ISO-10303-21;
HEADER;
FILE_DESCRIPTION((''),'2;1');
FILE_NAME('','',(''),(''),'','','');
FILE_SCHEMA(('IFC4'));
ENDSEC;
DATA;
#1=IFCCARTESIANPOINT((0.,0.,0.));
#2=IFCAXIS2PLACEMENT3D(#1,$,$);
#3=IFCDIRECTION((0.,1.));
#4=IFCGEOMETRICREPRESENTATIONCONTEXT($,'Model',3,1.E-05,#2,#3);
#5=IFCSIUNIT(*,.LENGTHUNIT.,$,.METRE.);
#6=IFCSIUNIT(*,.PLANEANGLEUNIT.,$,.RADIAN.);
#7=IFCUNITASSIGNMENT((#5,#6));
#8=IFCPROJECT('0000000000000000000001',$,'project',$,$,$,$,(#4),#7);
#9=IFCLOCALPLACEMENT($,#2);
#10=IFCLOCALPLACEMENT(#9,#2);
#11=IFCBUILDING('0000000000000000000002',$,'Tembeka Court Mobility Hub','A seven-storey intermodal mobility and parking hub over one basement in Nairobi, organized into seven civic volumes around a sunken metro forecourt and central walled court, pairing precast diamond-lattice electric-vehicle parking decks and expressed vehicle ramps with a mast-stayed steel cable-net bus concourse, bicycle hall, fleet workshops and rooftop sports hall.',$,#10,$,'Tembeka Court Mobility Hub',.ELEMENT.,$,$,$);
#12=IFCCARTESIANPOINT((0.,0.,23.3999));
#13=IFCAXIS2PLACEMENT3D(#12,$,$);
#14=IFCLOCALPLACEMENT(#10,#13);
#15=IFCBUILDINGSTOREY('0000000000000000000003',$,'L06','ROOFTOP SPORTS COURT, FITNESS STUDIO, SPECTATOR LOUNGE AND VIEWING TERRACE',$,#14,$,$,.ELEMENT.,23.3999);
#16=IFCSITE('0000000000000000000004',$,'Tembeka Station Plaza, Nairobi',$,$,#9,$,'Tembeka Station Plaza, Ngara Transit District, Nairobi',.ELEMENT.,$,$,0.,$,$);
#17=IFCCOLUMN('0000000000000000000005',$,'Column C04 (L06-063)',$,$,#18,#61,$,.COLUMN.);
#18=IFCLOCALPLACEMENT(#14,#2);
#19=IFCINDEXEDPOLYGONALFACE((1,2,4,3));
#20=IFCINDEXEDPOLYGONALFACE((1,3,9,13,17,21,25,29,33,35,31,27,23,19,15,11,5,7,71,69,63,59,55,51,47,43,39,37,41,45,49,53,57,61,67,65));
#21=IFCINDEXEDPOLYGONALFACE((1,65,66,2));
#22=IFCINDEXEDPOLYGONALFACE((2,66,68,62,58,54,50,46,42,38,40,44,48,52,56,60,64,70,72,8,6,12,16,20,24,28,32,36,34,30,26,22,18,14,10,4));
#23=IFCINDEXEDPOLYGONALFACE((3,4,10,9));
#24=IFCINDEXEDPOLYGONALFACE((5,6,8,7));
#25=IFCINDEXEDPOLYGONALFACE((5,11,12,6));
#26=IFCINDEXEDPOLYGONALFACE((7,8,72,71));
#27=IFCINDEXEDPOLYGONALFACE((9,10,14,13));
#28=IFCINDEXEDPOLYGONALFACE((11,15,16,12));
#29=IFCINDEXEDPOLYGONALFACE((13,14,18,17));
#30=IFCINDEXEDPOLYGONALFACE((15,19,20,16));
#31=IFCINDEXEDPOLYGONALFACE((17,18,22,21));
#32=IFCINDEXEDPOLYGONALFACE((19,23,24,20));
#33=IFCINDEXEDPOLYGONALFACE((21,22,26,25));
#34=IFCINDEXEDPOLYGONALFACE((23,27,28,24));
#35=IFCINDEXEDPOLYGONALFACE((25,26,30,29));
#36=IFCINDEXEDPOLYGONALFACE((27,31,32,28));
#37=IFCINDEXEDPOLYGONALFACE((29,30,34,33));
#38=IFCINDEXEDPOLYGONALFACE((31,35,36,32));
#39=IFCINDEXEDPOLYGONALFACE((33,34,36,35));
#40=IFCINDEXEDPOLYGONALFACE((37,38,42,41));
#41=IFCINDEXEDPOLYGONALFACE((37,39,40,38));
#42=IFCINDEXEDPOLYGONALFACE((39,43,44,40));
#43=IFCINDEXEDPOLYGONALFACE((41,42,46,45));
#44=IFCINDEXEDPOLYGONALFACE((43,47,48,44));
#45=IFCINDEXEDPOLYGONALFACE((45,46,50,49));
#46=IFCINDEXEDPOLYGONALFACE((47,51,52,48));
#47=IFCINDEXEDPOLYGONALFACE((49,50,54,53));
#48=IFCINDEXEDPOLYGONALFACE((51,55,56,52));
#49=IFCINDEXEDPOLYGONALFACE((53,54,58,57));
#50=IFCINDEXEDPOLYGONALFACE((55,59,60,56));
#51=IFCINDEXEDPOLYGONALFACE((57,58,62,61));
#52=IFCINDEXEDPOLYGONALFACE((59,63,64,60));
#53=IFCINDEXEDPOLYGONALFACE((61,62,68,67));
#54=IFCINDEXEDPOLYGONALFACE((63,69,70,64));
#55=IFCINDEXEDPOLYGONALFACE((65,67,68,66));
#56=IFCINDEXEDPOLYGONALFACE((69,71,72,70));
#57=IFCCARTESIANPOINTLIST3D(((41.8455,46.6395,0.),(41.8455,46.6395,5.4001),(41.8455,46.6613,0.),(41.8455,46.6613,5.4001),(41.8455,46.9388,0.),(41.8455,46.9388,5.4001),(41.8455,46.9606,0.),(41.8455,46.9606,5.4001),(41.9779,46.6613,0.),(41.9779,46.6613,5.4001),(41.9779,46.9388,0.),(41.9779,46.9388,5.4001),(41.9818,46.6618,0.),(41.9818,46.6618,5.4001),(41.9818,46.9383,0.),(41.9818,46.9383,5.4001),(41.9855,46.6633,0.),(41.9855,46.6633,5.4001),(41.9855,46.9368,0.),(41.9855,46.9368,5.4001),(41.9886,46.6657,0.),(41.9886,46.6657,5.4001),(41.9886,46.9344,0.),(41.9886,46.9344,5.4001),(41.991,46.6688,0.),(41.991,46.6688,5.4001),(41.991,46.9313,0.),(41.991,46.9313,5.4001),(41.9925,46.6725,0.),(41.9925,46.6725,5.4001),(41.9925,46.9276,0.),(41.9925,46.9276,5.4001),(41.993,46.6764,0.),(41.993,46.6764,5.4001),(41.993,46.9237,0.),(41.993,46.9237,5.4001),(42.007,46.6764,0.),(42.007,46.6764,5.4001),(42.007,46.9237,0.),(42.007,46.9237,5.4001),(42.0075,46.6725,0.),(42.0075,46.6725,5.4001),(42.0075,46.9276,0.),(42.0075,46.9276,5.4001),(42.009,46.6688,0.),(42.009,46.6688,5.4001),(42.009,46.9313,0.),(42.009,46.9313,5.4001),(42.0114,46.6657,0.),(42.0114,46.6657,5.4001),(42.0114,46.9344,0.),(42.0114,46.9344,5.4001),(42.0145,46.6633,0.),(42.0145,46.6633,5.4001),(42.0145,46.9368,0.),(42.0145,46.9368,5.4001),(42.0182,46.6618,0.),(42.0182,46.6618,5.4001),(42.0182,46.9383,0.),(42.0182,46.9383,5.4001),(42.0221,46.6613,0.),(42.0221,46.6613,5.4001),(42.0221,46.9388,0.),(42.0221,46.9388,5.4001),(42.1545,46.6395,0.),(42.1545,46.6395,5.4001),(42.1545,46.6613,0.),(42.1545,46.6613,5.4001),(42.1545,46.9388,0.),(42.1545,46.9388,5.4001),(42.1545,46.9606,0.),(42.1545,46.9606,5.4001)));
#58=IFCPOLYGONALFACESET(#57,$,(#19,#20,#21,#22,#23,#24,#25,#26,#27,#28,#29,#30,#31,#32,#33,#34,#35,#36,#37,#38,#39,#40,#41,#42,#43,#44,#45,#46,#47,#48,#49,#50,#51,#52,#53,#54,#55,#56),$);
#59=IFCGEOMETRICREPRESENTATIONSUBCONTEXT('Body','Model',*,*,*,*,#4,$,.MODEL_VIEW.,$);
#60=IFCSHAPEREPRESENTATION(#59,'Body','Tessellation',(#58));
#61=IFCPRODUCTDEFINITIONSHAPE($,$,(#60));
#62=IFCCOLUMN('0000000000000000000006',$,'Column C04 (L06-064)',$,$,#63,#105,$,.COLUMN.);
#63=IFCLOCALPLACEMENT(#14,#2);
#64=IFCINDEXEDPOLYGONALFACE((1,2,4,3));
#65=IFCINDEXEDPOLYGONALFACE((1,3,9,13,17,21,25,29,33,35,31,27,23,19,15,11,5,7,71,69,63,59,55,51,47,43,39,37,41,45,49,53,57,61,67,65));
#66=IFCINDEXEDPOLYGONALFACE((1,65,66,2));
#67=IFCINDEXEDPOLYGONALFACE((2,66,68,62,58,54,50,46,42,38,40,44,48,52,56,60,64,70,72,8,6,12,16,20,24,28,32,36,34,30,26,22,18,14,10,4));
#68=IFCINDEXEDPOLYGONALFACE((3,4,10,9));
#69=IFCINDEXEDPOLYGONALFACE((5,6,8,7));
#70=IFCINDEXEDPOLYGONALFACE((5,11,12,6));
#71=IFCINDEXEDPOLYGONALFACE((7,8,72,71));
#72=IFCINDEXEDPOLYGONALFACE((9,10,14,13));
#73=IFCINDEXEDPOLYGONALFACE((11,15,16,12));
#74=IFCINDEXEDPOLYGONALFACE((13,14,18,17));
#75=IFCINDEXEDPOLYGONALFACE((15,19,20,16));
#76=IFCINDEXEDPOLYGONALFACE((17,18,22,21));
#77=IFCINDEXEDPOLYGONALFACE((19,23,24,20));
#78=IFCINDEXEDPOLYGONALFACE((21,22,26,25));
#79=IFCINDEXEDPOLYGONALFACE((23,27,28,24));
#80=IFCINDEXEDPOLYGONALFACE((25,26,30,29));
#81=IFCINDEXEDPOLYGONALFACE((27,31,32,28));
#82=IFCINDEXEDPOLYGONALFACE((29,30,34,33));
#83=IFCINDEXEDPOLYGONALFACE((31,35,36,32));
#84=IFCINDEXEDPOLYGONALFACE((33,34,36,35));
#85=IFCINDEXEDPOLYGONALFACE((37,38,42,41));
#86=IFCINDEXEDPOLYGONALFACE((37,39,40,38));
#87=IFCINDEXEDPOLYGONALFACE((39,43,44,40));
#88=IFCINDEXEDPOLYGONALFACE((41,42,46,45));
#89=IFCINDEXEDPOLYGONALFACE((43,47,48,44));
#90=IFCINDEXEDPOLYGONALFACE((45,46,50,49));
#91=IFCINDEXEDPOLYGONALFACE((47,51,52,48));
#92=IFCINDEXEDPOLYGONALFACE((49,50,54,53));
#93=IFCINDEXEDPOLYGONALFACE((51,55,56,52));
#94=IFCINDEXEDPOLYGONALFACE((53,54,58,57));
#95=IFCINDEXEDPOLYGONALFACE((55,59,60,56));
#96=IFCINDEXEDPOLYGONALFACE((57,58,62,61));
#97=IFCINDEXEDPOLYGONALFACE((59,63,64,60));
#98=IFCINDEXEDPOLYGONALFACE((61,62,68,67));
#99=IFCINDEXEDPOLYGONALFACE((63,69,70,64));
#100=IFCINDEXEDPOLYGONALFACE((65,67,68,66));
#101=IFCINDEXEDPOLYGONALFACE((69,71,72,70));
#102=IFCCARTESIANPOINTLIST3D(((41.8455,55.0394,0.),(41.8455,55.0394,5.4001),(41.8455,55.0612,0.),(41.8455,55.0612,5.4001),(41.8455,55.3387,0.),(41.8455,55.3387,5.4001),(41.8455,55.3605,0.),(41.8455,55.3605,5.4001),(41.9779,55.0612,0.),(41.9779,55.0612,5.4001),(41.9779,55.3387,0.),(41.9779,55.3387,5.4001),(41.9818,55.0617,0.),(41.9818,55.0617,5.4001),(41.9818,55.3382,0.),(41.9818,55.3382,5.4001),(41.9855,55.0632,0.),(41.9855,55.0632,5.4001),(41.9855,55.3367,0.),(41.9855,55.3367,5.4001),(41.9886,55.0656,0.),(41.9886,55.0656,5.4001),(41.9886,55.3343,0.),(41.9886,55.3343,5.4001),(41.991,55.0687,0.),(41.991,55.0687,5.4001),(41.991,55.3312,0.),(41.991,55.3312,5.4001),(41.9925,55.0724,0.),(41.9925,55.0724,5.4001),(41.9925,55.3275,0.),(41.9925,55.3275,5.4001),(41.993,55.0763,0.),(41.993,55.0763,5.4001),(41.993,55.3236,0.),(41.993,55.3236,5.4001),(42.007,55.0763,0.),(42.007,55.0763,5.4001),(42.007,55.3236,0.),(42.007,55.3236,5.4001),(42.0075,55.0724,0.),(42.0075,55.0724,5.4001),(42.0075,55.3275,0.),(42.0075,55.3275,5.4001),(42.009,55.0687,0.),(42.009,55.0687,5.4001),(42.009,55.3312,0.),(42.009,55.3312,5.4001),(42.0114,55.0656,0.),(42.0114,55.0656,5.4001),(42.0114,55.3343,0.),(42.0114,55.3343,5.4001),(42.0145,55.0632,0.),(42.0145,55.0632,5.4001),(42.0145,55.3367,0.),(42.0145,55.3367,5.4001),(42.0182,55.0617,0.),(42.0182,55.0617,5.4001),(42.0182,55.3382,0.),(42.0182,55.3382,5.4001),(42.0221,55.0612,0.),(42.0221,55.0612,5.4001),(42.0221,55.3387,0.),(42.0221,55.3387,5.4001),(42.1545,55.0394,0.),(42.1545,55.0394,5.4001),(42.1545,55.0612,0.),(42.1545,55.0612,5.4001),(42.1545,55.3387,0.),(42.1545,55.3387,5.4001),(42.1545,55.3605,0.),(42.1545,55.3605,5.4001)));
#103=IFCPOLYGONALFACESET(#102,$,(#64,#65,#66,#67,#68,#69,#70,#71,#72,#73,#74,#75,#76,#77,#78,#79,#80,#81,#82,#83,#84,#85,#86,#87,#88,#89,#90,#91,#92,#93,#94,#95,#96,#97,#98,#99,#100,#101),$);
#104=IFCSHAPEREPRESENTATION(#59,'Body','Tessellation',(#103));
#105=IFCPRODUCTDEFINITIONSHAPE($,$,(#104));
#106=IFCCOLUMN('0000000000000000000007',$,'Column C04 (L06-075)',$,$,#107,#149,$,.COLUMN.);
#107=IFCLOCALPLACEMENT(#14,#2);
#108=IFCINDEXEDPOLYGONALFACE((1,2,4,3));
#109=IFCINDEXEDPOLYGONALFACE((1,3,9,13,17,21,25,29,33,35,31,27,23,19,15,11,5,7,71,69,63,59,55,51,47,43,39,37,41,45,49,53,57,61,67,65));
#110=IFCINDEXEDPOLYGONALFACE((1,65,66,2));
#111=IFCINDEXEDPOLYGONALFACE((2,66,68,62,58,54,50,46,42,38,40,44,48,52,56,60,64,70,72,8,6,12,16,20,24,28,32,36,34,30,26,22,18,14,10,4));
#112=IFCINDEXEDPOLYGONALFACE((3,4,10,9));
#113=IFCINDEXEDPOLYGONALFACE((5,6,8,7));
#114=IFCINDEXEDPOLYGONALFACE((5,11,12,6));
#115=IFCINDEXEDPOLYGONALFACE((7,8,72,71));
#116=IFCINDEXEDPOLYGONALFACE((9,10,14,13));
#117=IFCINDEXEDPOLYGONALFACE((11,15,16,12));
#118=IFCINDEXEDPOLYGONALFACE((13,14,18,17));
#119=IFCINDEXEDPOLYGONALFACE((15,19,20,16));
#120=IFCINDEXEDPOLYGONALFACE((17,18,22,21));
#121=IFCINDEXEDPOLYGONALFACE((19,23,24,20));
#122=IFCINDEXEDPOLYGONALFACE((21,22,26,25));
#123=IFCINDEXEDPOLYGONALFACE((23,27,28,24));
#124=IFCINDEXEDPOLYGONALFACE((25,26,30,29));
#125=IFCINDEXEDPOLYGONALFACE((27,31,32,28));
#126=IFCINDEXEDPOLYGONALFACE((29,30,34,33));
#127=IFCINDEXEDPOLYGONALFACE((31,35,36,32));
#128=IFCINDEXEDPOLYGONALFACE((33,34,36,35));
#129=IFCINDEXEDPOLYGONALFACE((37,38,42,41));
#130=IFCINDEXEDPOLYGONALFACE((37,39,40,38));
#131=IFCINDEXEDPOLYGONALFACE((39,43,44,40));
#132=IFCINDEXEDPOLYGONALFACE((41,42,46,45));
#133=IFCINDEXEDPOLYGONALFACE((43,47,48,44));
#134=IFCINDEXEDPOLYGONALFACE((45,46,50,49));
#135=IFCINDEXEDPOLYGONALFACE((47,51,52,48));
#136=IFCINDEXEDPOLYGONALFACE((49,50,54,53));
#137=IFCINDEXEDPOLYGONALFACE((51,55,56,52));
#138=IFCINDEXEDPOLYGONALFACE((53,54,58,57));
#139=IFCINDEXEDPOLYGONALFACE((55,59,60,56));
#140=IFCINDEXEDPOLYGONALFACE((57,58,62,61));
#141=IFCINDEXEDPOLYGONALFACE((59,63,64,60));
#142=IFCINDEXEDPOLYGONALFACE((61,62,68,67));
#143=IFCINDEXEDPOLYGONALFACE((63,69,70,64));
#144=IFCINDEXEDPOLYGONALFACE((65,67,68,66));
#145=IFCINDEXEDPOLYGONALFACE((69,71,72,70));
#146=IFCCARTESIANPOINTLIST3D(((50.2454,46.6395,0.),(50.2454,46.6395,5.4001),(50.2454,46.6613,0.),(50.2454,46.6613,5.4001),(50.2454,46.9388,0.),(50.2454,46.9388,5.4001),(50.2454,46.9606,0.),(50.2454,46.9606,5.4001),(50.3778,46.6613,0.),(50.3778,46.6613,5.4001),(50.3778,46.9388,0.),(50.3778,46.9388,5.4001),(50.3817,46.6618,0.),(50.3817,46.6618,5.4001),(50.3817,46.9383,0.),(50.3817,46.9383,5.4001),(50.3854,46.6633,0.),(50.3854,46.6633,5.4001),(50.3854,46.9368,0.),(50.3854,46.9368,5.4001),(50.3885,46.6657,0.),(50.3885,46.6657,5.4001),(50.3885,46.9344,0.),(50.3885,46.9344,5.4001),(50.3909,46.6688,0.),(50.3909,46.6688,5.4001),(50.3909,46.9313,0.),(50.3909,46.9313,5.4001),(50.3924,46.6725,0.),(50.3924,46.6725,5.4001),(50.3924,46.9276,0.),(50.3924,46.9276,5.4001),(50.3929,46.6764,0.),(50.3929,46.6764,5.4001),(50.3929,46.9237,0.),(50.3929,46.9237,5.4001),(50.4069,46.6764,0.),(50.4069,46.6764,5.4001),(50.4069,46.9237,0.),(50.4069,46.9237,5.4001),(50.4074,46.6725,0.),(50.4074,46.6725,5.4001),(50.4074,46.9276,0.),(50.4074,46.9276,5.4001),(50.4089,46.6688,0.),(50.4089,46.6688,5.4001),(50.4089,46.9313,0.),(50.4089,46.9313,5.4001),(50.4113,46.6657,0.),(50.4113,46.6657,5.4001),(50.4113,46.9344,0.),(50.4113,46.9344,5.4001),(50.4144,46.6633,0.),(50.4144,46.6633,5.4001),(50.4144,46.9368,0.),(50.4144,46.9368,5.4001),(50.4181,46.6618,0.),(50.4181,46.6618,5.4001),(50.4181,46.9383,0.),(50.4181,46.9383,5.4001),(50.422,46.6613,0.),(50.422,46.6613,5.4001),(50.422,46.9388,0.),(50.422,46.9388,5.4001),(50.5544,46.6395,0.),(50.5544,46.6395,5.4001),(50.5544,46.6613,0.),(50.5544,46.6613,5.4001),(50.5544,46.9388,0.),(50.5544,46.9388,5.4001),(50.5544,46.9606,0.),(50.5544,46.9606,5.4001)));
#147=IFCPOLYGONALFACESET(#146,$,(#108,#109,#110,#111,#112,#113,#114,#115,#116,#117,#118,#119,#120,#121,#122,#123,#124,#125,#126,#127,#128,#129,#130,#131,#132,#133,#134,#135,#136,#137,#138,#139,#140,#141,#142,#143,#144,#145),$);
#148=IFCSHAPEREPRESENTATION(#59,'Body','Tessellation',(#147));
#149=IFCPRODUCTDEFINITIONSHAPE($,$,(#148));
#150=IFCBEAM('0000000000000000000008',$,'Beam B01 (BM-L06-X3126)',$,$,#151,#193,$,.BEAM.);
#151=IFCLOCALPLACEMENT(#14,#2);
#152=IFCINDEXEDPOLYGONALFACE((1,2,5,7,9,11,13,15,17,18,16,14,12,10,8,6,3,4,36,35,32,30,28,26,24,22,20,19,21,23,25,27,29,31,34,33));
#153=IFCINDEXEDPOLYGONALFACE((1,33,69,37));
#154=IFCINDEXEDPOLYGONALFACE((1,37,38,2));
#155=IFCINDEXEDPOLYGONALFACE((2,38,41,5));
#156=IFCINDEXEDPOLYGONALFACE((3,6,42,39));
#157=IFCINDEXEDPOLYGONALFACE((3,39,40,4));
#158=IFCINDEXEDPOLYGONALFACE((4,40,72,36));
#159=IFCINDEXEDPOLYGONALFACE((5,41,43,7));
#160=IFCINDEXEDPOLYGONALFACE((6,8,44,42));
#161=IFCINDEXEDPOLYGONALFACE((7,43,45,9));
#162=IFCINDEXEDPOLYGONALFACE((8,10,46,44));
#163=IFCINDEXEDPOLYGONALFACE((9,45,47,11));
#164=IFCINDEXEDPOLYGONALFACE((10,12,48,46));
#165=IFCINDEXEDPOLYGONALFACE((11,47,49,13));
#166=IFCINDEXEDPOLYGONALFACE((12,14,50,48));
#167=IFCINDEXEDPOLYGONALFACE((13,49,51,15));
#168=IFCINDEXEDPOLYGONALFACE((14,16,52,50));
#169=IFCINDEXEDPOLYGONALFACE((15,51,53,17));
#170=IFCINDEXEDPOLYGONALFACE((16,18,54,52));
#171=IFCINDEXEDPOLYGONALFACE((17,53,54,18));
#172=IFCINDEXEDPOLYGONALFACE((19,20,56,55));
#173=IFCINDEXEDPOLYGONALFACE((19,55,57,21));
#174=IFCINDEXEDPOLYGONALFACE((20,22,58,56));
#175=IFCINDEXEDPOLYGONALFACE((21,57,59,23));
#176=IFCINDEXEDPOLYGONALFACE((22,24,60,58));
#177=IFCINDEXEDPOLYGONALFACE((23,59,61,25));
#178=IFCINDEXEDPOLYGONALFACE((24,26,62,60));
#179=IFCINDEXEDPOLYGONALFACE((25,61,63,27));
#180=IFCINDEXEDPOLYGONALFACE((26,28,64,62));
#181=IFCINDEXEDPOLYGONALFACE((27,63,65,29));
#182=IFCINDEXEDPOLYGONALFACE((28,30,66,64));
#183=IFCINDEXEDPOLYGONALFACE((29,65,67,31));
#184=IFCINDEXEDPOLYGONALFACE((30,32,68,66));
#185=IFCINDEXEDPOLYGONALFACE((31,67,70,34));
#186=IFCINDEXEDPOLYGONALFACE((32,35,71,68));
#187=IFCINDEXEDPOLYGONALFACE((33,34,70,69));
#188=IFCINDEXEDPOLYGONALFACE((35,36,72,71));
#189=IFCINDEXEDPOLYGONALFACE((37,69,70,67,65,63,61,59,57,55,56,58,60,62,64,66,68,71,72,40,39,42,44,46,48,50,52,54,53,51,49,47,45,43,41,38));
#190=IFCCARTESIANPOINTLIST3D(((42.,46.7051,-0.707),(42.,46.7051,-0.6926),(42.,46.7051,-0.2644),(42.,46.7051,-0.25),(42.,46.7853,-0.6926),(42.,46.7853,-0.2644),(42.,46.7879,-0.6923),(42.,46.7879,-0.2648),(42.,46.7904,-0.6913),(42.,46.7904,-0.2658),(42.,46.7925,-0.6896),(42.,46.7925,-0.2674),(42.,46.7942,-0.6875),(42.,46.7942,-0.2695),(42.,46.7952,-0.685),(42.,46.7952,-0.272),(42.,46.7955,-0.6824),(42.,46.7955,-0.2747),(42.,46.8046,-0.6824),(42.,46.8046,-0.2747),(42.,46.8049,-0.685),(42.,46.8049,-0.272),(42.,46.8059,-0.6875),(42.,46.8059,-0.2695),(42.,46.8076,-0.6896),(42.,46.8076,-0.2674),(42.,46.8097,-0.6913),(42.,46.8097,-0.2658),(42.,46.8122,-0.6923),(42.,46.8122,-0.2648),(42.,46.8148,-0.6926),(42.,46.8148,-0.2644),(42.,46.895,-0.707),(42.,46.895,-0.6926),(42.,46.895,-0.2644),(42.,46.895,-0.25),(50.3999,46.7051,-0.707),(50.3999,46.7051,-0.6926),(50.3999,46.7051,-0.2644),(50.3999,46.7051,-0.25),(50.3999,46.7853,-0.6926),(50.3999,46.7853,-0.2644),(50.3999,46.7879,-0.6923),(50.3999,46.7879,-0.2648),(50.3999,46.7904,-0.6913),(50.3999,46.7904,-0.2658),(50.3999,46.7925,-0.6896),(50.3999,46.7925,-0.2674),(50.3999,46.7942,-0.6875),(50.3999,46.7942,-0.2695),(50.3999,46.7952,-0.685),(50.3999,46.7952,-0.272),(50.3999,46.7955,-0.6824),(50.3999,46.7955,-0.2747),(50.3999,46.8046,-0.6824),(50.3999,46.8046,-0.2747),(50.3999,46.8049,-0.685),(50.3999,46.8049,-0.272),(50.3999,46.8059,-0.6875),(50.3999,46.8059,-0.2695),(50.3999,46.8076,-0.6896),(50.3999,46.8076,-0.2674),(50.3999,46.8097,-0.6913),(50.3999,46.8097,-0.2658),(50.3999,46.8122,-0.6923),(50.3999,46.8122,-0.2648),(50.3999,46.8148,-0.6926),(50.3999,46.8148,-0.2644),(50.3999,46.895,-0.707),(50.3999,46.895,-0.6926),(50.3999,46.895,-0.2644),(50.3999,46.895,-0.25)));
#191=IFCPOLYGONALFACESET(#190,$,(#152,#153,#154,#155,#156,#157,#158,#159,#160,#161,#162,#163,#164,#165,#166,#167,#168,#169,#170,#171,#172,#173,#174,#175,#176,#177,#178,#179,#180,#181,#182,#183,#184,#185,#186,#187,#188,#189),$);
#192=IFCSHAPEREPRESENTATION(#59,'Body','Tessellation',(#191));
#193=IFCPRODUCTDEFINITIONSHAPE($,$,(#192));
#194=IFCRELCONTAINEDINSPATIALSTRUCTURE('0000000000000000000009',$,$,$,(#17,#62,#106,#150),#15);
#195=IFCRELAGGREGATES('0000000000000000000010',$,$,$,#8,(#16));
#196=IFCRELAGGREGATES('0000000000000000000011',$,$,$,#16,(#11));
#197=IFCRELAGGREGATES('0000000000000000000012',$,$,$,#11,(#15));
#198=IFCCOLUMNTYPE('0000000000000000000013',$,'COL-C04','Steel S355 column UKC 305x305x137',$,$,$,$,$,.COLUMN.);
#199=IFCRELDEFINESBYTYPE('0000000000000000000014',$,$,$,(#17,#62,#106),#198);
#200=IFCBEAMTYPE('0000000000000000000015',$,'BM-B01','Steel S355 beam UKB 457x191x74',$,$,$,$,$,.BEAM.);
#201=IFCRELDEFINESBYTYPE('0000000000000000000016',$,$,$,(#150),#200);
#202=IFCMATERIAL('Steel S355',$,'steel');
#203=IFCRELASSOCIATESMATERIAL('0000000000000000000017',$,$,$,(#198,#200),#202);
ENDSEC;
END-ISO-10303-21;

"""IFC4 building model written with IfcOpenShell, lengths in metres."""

from ifc_helpers import new_model, si_unit, direction, frame, origin, origin_2d, place, context, subcontext, project, spatial, i_section, extrude, material, material_profile, profile_set, type_object, element, save


model = new_model("IFC4")

# Units and contexts
model_context = context("Model", 3, precision=1e-05, world=origin(), true_north=direction((0.0, 1.0)))
body_context = subcontext(model_context, "Body", "Model", "MODEL_VIEW")
ifc_project = project(units=[si_unit("LENGTHUNIT", "METRE"), si_unit("PLANEANGLEUNIT", "RADIAN")], contexts=[model_context])

# Site, building, storey
site_placement = place(None, origin())
site = spatial("IfcSite", under=ifc_project, at=site_placement, Name="Tembeka Station Plaza, Nairobi", LongName="Tembeka Station Plaza, Ngara Transit District, Nairobi", CompositionType="ELEMENT", RefElevation=0.0)
building_placement = place(site_placement, origin())
building = spatial("IfcBuilding", under=site, at=building_placement, Name="Tembeka Court Mobility Hub", Description="A seven-storey intermodal mobility and parking hub over one basement in Nairobi, organized into seven civic volumes around a sunken metro forecourt and central walled court, pairing precast diamond-lattice electric-vehicle parking decks and expressed vehicle ramps with a mast-stayed steel cable-net bus concourse, bicycle hall, fleet workshops and rooftop sports hall.", LongName="Tembeka Court Mobility Hub", CompositionType="ELEMENT")
storey_placement = place(building_placement, frame((0.0, 0.0, 23.3999)))
storey = spatial("IfcBuildingStorey", under=building, at=storey_placement, Name="L06", Description="ROOFTOP SPORTS COURT, FITNESS STUDIO, SPECTATOR LOUNGE AND VIEWING TERRACE", CompositionType="ELEMENT", Elevation=23.3999)

# Columns
ifc_material_1 = material(Name="Steel S355", Category="steel")
ifc_material_profile_1 = material_profile(ifc_material_1, i_section(OverallWidth=0.3091, OverallDepth=0.321, WebThickness=0.0139, FlangeThickness=0.0217, FilletRadius=0.0151, at=origin_2d()), Name="UKC 305x305x137")
ifc_profile_set_1 = profile_set([ifc_material_profile_1], Name="Steel S355")
column_type = type_object("IfcColumnType", Name="COL-C04", Description="Steel S355 column UKC 305x305x137", PredefinedType="COLUMN", material=ifc_profile_set_1)
for number, where, z_axis, x_axis, name in (
    (1, (42.0, 46.8, 0.0), (0.0, 0.0, 1.0), (1.0, 0.0, 0.0), "Column C04 (L06-063)"),
    (2, (42.0, 55.2, 0.0), (0.0, 0.0, 1.0), (1.0, 0.0, 0.0), "Column C04 (L06-064)"),
    (3, (50.3999, 46.8, 0.0), (0.0, 0.0, 1.0), (1.0, 0.0, 0.0), "Column C04 (L06-075)"),
):
    element("IfcColumn", number, at=place(storey_placement, frame(where, z_axis=z_axis, x_axis=x_axis)), inside=storey, type_object=column_type, Name=name, PredefinedType="COLUMN", context=body_context, shape_type="SweptSolid", body=[
        extrude(i_section(OverallWidth=0.3091, OverallDepth=0.321, WebThickness=0.0139, FlangeThickness=0.0217, FilletRadius=0.0151, at=origin_2d()), origin(), (0.0, 0.0, 1.0), 5.4001),
    ])

# Beam
ifc_material_profile_2 = material_profile(ifc_material_1, i_section(OverallWidth=0.1899, OverallDepth=0.457, WebThickness=0.009, FlangeThickness=0.0144, FilletRadius=0.0103, at=origin_2d()), Name="UKB 457x191x74")
ifc_profile_set_2 = profile_set([ifc_material_profile_2], Name="Steel S355")
beam_type_1 = type_object("IfcBeamType", Name="BM-B01", Description="Steel S355 beam UKB 457x191x74", PredefinedType="BEAM", material=ifc_profile_set_2)
beam_1_placement = place(storey_placement, frame((42.0, 46.8, -0.4785), z_axis=(1.0, 0.0, 0.0), x_axis=(0.0, 1.0, 0.0)))
element("IfcBeam", 4, at=beam_1_placement, inside=storey, type_object=beam_type_1, Name="Beam B01 (BM-L06-X3126)", PredefinedType="BEAM", context=body_context, shape_type="SweptSolid", body=[
    extrude(i_section(OverallWidth=0.1899, OverallDepth=0.457, WebThickness=0.009, FlangeThickness=0.0144, FilletRadius=0.0103, at=origin_2d()), origin(), (0.0, 0.0, 1.0), 8.3999),
])

save(model, "model.ifc")
